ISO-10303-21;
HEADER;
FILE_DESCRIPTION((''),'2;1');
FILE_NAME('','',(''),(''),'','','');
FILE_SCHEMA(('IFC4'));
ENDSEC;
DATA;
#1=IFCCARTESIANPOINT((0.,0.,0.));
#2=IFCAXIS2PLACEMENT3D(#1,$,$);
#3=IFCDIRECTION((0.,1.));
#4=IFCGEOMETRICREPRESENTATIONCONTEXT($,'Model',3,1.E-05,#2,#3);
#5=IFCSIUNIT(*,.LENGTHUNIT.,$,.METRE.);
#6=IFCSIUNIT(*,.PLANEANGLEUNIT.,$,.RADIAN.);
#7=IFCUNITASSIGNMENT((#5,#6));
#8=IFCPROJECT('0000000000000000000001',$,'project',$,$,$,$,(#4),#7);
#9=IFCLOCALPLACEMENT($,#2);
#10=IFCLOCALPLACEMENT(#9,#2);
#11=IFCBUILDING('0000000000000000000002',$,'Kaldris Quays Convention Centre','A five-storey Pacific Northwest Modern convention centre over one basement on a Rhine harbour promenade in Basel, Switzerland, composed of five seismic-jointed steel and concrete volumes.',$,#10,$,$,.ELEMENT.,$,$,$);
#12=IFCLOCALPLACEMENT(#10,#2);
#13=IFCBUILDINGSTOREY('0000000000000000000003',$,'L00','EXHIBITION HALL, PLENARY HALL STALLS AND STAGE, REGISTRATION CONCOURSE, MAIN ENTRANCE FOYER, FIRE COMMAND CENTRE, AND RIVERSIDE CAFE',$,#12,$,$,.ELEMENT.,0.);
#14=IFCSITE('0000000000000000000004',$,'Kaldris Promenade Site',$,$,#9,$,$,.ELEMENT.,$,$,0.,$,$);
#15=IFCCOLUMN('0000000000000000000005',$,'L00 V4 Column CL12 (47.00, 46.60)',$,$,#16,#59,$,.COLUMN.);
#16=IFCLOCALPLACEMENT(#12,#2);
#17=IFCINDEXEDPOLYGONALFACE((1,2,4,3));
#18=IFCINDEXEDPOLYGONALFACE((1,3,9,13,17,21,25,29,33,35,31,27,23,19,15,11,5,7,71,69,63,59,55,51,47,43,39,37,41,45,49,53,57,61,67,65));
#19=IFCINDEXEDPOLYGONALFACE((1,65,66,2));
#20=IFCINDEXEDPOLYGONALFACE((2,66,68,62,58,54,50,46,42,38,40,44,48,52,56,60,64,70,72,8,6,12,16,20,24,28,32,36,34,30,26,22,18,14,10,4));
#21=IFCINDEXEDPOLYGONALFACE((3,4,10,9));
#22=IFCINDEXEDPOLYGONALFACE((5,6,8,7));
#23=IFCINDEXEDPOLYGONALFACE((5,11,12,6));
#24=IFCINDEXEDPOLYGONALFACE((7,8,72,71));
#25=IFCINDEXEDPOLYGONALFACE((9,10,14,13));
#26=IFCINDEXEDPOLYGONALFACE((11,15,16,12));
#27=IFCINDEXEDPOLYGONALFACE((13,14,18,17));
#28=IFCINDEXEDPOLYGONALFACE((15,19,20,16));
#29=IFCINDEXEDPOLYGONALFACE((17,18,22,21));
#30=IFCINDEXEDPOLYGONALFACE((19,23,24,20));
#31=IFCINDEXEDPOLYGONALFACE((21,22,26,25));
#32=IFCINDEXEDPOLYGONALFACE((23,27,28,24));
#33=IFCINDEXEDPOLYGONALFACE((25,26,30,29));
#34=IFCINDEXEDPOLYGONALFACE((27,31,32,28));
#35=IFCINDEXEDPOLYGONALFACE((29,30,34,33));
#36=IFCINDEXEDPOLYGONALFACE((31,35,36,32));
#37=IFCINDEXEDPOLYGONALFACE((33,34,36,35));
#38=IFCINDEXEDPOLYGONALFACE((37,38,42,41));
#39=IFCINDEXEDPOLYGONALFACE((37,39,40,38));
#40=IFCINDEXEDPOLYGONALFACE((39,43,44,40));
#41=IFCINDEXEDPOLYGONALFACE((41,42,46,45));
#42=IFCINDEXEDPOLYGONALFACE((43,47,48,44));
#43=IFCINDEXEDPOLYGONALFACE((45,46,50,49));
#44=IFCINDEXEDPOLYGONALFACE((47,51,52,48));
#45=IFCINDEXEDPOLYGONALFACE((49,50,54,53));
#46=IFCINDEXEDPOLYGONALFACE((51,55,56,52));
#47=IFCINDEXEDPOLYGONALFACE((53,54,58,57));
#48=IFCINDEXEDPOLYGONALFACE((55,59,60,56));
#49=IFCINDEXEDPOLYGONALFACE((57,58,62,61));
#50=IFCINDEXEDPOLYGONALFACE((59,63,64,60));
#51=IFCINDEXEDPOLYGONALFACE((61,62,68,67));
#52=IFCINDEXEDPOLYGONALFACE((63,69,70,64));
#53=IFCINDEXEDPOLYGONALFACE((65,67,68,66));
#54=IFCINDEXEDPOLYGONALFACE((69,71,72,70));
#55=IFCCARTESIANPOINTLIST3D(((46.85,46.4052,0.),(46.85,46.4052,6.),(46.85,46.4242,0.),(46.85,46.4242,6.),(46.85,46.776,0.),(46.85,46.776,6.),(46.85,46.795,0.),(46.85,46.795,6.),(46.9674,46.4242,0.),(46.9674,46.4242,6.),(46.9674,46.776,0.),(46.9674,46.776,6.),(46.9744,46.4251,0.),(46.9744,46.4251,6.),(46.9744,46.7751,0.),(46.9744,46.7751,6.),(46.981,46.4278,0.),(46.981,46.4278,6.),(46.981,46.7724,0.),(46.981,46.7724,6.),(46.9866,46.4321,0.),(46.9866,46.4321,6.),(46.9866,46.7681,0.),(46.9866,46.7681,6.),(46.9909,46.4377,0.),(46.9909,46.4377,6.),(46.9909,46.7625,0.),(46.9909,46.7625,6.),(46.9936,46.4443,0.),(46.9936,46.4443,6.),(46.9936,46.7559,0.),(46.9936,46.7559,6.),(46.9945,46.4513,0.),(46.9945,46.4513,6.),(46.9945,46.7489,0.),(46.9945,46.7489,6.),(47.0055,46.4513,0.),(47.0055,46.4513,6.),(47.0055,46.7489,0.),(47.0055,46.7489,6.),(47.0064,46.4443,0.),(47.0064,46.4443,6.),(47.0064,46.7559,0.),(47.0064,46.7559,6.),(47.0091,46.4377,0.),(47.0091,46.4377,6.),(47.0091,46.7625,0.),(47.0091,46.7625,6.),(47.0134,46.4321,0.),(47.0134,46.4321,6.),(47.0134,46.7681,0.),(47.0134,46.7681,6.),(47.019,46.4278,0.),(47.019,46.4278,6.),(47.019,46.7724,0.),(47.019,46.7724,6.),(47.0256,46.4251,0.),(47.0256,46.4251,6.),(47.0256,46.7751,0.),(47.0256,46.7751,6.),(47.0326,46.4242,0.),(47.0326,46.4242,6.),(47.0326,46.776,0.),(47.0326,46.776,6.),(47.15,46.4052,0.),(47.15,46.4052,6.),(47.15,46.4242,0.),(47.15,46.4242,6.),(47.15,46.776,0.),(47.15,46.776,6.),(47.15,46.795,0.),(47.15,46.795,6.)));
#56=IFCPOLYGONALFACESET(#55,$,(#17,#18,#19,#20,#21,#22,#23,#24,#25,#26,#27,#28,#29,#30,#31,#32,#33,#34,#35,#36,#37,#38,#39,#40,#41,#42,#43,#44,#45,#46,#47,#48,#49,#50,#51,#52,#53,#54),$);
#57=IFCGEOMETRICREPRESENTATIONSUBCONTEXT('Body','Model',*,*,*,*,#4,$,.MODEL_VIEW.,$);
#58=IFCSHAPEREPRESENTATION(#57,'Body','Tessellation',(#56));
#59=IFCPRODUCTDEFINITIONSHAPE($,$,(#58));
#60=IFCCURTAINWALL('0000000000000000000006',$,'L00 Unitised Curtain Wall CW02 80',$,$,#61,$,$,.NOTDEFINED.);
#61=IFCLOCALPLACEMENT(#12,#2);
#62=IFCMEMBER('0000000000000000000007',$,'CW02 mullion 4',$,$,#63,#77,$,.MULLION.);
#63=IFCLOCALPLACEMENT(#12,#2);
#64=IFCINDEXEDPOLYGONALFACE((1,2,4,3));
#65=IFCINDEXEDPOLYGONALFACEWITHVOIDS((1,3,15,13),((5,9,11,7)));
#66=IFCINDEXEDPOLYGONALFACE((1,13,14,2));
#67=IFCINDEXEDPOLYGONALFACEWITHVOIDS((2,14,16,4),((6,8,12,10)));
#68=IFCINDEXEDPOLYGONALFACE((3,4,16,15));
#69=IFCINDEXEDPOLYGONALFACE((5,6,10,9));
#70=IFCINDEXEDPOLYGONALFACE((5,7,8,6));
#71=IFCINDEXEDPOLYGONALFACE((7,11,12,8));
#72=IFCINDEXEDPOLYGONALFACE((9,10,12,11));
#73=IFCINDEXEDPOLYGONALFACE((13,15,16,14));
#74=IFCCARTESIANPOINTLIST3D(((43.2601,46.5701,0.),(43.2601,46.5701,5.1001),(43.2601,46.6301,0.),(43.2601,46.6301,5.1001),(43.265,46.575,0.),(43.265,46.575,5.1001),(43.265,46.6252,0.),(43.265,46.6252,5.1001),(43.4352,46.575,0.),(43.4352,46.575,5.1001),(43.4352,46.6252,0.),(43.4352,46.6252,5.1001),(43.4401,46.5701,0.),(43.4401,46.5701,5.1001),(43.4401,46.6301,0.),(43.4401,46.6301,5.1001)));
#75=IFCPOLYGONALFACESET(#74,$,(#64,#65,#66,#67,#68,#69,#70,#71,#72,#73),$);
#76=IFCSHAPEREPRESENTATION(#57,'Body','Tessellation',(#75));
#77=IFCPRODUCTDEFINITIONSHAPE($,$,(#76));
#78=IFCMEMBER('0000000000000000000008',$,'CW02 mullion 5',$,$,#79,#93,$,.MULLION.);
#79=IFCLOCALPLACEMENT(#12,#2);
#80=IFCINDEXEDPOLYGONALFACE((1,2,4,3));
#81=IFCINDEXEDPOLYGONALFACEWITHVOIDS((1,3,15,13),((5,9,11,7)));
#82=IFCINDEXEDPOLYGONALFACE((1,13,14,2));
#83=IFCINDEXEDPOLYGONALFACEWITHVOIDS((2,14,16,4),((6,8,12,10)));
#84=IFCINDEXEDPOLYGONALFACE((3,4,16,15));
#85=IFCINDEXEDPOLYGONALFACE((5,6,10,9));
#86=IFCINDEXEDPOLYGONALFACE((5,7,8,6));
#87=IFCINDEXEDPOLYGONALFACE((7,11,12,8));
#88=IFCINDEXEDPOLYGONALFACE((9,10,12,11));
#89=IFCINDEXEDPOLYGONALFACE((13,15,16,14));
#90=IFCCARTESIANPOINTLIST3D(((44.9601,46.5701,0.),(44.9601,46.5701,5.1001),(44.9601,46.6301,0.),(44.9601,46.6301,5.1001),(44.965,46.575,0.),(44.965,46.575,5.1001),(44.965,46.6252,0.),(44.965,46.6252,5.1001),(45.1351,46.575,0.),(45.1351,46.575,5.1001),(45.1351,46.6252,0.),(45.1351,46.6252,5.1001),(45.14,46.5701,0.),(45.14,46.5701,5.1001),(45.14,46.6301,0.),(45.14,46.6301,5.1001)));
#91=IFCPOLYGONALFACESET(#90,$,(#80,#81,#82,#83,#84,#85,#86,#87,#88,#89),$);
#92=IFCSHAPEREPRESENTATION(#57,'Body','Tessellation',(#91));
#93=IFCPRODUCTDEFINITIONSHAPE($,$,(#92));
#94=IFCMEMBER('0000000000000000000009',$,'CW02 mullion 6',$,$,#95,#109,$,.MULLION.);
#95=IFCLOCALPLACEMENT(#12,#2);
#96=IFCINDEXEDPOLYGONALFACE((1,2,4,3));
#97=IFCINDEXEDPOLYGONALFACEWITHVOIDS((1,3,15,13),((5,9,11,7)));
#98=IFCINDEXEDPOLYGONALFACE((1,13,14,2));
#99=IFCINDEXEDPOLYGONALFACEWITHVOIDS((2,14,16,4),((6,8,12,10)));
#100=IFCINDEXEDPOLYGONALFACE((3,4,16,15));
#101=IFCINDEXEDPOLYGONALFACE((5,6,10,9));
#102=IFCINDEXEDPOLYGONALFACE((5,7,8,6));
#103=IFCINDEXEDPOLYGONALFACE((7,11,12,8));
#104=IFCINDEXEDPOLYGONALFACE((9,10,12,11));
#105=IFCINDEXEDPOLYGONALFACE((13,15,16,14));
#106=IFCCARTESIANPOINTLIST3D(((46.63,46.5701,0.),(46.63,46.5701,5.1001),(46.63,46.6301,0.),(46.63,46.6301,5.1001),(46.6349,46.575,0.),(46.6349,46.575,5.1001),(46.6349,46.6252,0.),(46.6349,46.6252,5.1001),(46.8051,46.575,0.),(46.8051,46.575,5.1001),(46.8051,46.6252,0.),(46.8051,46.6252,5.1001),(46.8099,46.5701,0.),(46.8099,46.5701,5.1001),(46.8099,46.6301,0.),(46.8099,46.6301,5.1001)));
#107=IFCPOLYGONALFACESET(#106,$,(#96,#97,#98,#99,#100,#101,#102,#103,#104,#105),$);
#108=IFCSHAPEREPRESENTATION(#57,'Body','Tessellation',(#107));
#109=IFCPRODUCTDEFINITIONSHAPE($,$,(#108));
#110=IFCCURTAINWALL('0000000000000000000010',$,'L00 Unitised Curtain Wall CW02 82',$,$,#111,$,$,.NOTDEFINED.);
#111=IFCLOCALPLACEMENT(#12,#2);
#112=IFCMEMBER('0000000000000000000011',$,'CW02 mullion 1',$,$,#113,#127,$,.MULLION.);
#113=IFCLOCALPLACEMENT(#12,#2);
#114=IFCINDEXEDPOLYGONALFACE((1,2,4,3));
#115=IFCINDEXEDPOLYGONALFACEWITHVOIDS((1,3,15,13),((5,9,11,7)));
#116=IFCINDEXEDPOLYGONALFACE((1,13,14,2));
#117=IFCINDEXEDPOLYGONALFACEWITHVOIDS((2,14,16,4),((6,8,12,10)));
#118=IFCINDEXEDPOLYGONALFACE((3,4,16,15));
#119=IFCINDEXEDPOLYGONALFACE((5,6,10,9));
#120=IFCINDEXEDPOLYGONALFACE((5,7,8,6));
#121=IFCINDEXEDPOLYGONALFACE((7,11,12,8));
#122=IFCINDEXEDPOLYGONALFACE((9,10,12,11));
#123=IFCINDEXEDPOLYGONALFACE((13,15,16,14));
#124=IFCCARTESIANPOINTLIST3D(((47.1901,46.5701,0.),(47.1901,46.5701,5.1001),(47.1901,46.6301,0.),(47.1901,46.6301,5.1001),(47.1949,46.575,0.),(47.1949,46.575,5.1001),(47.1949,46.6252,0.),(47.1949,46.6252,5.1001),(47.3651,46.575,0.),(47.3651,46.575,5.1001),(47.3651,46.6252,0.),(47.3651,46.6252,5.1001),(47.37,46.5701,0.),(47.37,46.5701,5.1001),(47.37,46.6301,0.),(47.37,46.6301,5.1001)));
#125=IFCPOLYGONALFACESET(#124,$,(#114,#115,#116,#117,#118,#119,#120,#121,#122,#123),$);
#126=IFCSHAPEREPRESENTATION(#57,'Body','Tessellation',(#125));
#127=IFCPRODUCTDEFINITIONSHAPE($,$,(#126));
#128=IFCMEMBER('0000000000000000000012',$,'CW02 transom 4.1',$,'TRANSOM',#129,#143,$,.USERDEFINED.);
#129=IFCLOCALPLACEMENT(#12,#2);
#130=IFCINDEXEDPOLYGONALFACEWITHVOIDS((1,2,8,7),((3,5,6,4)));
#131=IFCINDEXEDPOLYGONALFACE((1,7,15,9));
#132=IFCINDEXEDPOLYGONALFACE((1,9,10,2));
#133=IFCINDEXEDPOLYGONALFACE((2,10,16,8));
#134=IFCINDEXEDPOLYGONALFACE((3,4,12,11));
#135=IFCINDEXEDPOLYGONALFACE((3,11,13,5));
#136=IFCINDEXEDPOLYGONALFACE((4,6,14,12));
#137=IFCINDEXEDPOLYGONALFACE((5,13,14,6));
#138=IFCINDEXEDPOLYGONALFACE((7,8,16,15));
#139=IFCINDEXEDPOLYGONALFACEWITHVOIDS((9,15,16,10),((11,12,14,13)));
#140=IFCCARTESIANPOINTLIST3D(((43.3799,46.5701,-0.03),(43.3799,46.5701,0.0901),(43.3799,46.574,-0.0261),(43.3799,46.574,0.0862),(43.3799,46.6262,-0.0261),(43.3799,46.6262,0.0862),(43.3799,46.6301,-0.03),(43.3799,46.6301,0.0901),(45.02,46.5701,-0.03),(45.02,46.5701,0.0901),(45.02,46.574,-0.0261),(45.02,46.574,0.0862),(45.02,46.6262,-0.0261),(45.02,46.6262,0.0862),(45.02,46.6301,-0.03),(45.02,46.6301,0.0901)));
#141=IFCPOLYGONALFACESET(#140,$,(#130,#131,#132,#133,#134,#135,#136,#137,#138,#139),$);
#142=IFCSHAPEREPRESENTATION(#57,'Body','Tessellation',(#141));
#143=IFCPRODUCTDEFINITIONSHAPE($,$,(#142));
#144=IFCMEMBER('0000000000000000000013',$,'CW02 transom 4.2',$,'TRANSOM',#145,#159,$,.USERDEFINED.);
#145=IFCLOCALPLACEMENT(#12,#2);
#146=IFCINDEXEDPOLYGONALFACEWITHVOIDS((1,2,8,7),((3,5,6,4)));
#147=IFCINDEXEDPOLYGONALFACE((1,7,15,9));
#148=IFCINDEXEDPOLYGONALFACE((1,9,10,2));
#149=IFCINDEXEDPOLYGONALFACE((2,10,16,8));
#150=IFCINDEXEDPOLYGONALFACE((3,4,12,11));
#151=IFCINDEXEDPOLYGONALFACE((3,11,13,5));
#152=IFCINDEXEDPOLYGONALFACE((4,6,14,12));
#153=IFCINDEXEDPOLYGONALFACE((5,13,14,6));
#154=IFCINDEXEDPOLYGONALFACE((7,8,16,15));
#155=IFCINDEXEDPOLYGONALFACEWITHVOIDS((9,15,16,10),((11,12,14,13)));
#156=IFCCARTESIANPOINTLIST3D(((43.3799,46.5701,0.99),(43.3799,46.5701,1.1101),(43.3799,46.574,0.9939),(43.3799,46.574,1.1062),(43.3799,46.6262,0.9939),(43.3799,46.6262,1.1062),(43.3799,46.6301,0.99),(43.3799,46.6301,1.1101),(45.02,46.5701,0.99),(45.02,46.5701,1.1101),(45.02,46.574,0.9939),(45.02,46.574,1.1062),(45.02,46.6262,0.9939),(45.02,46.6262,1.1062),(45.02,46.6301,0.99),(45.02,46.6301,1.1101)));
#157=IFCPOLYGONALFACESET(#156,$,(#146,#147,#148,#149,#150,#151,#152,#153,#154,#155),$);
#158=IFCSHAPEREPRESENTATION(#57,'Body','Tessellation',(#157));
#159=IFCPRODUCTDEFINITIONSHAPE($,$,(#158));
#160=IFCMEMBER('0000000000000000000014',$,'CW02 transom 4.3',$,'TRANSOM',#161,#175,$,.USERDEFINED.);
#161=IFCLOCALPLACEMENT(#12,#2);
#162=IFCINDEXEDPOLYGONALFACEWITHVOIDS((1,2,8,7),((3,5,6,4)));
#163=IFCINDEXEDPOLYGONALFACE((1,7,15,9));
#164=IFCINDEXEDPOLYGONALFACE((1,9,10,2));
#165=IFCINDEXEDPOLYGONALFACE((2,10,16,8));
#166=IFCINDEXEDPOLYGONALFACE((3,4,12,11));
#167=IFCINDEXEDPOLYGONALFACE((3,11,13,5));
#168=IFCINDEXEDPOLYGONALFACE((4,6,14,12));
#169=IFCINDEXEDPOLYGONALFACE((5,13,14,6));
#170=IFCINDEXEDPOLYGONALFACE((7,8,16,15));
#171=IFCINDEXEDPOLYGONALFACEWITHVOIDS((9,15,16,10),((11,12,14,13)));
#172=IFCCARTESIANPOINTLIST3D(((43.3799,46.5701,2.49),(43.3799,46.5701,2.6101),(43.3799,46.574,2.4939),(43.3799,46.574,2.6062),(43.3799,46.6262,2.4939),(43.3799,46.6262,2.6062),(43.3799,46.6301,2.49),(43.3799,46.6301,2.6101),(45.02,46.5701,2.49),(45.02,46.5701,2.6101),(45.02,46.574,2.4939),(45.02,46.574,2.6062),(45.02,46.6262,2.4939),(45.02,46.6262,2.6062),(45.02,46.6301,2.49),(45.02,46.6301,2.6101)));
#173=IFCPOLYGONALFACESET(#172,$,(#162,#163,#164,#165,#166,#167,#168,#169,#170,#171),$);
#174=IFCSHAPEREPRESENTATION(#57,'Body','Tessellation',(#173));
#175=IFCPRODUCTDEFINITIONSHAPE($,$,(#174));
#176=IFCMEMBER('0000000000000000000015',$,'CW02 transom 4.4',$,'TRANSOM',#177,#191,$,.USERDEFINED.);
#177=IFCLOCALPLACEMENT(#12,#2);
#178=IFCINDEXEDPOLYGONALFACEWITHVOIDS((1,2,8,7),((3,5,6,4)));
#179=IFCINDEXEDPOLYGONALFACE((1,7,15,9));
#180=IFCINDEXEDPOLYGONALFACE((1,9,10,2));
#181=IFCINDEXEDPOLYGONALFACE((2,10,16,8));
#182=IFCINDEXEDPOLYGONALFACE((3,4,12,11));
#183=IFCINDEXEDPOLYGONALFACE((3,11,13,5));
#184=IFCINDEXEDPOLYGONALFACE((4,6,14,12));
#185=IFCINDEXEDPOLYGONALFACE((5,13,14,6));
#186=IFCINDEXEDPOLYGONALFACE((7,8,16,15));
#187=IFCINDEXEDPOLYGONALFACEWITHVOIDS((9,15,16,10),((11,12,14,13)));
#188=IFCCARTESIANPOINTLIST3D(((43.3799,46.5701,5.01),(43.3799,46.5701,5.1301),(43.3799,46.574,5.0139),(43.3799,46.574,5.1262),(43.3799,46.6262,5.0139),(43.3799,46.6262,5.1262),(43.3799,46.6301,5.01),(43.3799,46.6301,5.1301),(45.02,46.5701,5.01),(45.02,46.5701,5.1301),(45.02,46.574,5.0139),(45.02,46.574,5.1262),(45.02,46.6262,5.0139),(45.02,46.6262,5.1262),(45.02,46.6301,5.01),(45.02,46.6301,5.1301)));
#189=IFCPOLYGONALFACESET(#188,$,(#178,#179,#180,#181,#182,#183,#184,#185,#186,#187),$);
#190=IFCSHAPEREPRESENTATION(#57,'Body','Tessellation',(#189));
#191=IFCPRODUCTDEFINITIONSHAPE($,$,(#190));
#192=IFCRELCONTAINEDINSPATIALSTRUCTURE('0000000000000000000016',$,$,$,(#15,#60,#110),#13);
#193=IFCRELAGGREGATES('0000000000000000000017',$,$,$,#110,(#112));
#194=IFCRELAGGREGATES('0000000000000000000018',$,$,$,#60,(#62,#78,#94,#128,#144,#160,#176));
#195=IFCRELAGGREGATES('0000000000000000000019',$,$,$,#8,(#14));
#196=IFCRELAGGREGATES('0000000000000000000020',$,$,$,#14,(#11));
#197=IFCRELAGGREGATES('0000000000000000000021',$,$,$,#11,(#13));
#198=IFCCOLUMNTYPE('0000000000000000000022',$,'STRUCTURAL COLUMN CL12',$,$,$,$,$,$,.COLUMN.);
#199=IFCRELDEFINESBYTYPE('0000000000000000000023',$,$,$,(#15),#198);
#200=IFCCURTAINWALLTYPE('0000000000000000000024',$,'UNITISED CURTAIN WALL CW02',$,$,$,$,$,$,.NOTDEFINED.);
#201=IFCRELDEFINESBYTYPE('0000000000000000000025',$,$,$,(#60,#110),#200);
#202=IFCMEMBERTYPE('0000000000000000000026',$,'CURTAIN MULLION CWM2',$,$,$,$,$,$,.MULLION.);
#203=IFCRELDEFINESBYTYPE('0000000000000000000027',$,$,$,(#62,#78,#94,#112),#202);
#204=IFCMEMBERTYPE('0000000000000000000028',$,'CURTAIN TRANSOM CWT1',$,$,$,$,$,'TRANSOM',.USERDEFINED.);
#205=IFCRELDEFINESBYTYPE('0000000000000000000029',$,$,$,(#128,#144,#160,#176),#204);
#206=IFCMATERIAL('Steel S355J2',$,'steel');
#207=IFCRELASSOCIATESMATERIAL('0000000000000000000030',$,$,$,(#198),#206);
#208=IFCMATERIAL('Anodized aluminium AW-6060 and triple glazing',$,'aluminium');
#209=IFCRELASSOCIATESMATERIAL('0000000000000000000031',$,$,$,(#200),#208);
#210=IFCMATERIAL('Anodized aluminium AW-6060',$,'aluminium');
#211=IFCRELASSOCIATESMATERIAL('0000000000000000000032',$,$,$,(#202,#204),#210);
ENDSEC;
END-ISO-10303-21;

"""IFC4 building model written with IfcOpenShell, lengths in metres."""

from ifc_helpers import new_model, si_unit, direction, frame, origin, origin_2d, place, context, subcontext, project, spatial, hollow_rectangle, i_section, extrude, material, material_profile, profile_set, type_object, element, aggregate, save


model = new_model("IFC4")

# Units and contexts
model_context = context("Model", 3, precision=1e-05, world=origin(), true_north=direction((0.0, 1.0)))
body_context = subcontext(model_context, "Body", "Model", "MODEL_VIEW")
ifc_project = project(units=[si_unit("LENGTHUNIT", "METRE"), si_unit("PLANEANGLEUNIT", "RADIAN")], contexts=[model_context])

# Site, building, storey
site_placement = place(None, origin())
site = spatial("IfcSite", under=ifc_project, at=site_placement, Name="Kaldris Promenade Site", CompositionType="ELEMENT", RefElevation=0.0)
building_placement = place(site_placement, origin())
building = spatial("IfcBuilding", under=site, at=building_placement, Name="Kaldris Quays Convention Centre", Description="A five-storey Pacific Northwest Modern convention centre over one basement on a Rhine harbour promenade in Basel, Switzerland, composed of five seismic-jointed steel and concrete volumes.", CompositionType="ELEMENT")
storey_placement = place(building_placement, origin())
storey = spatial("IfcBuildingStorey", under=building, at=storey_placement, Name="L00", Description="EXHIBITION HALL, PLENARY HALL STALLS AND STAGE, REGISTRATION CONCOURSE, MAIN ENTRANCE FOYER, FIRE COMMAND CENTRE, AND RIVERSIDE CAFE", CompositionType="ELEMENT", Elevation=0.0)

# Column
ifc_material_1 = material(Name="Steel S355J2", Category="steel")
ifc_material_profile_1 = material_profile(ifc_material_1, i_section(OverallWidth=0.3, OverallDepth=0.3899, WebThickness=0.011, FlangeThickness=0.019, FilletRadius=0.0271, at=origin_2d()), Name="HEA 400")
ifc_profile_set_1 = profile_set([ifc_material_profile_1], Name="Steel S355J2")
column_type = type_object("IfcColumnType", Name="STRUCTURAL COLUMN CL12", PredefinedType="COLUMN", material=ifc_profile_set_1)
column_placement = place(storey_placement, frame((47.0, 46.6001, 0.0), z_axis=(0.0, 0.0, 1.0), x_axis=(1.0, 0.0, 0.0)))
element("IfcColumn", 1, at=column_placement, inside=storey, type_object=column_type, Name="L00 V4 Column CL12 (47.00, 46.60)", PredefinedType="COLUMN", context=body_context, shape_type="SweptSolid", body=[
    extrude(i_section(OverallWidth=0.3, OverallDepth=0.3899, WebThickness=0.011, FlangeThickness=0.019, FilletRadius=0.0271, at=origin_2d()), origin(), (0.0, 0.0, 1.0), 6.0),
])

# Curtain wall, members
ifc_material_2 = material(Name="Anodized aluminium AW-6060 and triple glazing", Category="aluminium")
curtain_wall_type = type_object("IfcCurtainWallType", Name="UNITISED CURTAIN WALL CW02", PredefinedType="NOTDEFINED", material=ifc_material_2)
curtain_wall_1_placement = place(storey_placement, origin())
curtain_wall_1 = element("IfcCurtainWall", 2, at=curtain_wall_1_placement, inside=storey, type_object=curtain_wall_type, Name="L00 Unitised Curtain Wall CW02 80", PredefinedType="NOTDEFINED")
ifc_material_3 = material(Name="Anodized aluminium AW-6060", Category="aluminium")
ifc_material_profile_2 = material_profile(ifc_material_3, hollow_rectangle(XDim=0.0601, YDim=0.1799, WallThickness=0.0049, at=origin_2d()), Name="RHS 180x60x5")
ifc_profile_set_2 = profile_set([ifc_material_profile_2], Name="Anodized aluminium AW-6060")
member_type_1 = type_object("IfcMemberType", Name="CURTAIN MULLION CWM2", PredefinedType="MULLION", material=ifc_profile_set_2)
member_1_placement = place(storey_placement, frame((43.3501, 46.6001, 0.0), z_axis=(0.0, 0.0, 1.0), x_axis=(0.0, 1.0, 0.0)))
member_1 = element("IfcMember", 3, at=member_1_placement, type_object=member_type_1, Name="CW02 mullion 4", PredefinedType="MULLION", context=body_context, shape_type="SweptSolid", body=[
    extrude(hollow_rectangle(XDim=0.0601, YDim=0.1799, WallThickness=0.0049, at=origin_2d()), origin(), (0.0, 0.0, 1.0), 5.1001),
])
member_2_placement = place(storey_placement, frame((45.05, 46.6001, 0.0), z_axis=(0.0, 0.0, 1.0), x_axis=(0.0, 1.0, 0.0)))
member_2 = element("IfcMember", 4, at=member_2_placement, type_object=member_type_1, Name="CW02 mullion 5", PredefinedType="MULLION", context=body_context, shape_type="SweptSolid", body=[
    extrude(hollow_rectangle(XDim=0.0601, YDim=0.1799, WallThickness=0.0049, at=origin_2d()), origin(), (0.0, 0.0, 1.0), 5.1001),
])
member_3_placement = place(storey_placement, frame((46.72, 46.6001, 0.0), z_axis=(0.0, 0.0, 1.0), x_axis=(0.0, 1.0, 0.0)))
member_3 = element("IfcMember", 5, at=member_3_placement, type_object=member_type_1, Name="CW02 mullion 6", PredefinedType="MULLION", context=body_context, shape_type="SweptSolid", body=[
    extrude(hollow_rectangle(XDim=0.0601, YDim=0.1799, WallThickness=0.0049, at=origin_2d()), origin(), (0.0, 0.0, 1.0), 5.1001),
])

# Curtain wall, member
curtain_wall_2_placement = place(storey_placement, origin())
curtain_wall_2 = element("IfcCurtainWall", 6, at=curtain_wall_2_placement, inside=storey, type_object=curtain_wall_type, Name="L00 Unitised Curtain Wall CW02 82", PredefinedType="NOTDEFINED")
member_4_placement = place(storey_placement, frame((47.28, 46.6001, 0.0), z_axis=(0.0, 0.0, 1.0), x_axis=(0.0, 1.0, 0.0)))
member_4 = element("IfcMember", 7, at=member_4_placement, type_object=member_type_1, Name="CW02 mullion 1", PredefinedType="MULLION", context=body_context, shape_type="SweptSolid", body=[
    extrude(hollow_rectangle(XDim=0.0601, YDim=0.1799, WallThickness=0.0049, at=origin_2d()), origin(), (0.0, 0.0, 1.0), 5.1001),
])

# Members
ifc_material_profile_3 = material_profile(ifc_material_3, hollow_rectangle(XDim=0.0601, YDim=0.1201, WallThickness=0.0039, at=origin_2d()), Name="RHS 120x60x4")
ifc_profile_set_3 = profile_set([ifc_material_profile_3], Name="Anodized aluminium AW-6060")
member_type_2 = type_object("IfcMemberType", Name="CURTAIN TRANSOM CWT1", ElementType="TRANSOM", PredefinedType="USERDEFINED", material=ifc_profile_set_3)
member_5_placement = place(storey_placement, frame((43.3799, 46.6001, 0.03), z_axis=(1.0, 0.0, 0.0), x_axis=(0.0, 1.0, 0.0)))
member_5 = element("IfcMember", 8, at=member_5_placement, type_object=member_type_2, Name="CW02 transom 4.1", ObjectType="TRANSOM", PredefinedType="USERDEFINED", context=body_context, shape_type="SweptSolid", body=[
    extrude(hollow_rectangle(XDim=0.0601, YDim=0.1201, WallThickness=0.0039, at=origin_2d()), origin(), (0.0, 0.0, 1.0), 1.6401),
])
member_6_placement = place(storey_placement, frame((43.3799, 46.6001, 1.05), z_axis=(1.0, 0.0, 0.0), x_axis=(0.0, 1.0, 0.0)))
member_6 = element("IfcMember", 9, at=member_6_placement, type_object=member_type_2, Name="CW02 transom 4.2", ObjectType="TRANSOM", PredefinedType="USERDEFINED", context=body_context, shape_type="SweptSolid", body=[
    extrude(hollow_rectangle(XDim=0.0601, YDim=0.1201, WallThickness=0.0039, at=origin_2d()), origin(), (0.0, 0.0, 1.0), 1.6401),
])
member_7_placement = place(storey_placement, frame((43.3799, 46.6001, 2.55), z_axis=(1.0, 0.0, 0.0), x_axis=(0.0, 1.0, 0.0)))
member_7 = element("IfcMember", 10, at=member_7_placement, type_object=member_type_2, Name="CW02 transom 4.3", ObjectType="TRANSOM", PredefinedType="USERDEFINED", context=body_context, shape_type="SweptSolid", body=[
    extrude(hollow_rectangle(XDim=0.0601, YDim=0.1201, WallThickness=0.0039, at=origin_2d()), origin(), (0.0, 0.0, 1.0), 1.6401),
])
member_8_placement = place(storey_placement, frame((43.3799, 46.6001, 5.0701), z_axis=(1.0, 0.0, 0.0), x_axis=(0.0, 1.0, 0.0)))
member_8 = element("IfcMember", 11, at=member_8_placement, type_object=member_type_2, Name="CW02 transom 4.4", ObjectType="TRANSOM", PredefinedType="USERDEFINED", context=body_context, shape_type="SweptSolid", body=[
    extrude(hollow_rectangle(XDim=0.0601, YDim=0.1201, WallThickness=0.0039, at=origin_2d()), origin(), (0.0, 0.0, 1.0), 1.6401),
])
aggregate(curtain_wall_2, [member_4])

aggregate(curtain_wall_1, [member_1, member_2, member_3, member_5, member_6, member_7, member_8])

save(model, "model.ifc")
